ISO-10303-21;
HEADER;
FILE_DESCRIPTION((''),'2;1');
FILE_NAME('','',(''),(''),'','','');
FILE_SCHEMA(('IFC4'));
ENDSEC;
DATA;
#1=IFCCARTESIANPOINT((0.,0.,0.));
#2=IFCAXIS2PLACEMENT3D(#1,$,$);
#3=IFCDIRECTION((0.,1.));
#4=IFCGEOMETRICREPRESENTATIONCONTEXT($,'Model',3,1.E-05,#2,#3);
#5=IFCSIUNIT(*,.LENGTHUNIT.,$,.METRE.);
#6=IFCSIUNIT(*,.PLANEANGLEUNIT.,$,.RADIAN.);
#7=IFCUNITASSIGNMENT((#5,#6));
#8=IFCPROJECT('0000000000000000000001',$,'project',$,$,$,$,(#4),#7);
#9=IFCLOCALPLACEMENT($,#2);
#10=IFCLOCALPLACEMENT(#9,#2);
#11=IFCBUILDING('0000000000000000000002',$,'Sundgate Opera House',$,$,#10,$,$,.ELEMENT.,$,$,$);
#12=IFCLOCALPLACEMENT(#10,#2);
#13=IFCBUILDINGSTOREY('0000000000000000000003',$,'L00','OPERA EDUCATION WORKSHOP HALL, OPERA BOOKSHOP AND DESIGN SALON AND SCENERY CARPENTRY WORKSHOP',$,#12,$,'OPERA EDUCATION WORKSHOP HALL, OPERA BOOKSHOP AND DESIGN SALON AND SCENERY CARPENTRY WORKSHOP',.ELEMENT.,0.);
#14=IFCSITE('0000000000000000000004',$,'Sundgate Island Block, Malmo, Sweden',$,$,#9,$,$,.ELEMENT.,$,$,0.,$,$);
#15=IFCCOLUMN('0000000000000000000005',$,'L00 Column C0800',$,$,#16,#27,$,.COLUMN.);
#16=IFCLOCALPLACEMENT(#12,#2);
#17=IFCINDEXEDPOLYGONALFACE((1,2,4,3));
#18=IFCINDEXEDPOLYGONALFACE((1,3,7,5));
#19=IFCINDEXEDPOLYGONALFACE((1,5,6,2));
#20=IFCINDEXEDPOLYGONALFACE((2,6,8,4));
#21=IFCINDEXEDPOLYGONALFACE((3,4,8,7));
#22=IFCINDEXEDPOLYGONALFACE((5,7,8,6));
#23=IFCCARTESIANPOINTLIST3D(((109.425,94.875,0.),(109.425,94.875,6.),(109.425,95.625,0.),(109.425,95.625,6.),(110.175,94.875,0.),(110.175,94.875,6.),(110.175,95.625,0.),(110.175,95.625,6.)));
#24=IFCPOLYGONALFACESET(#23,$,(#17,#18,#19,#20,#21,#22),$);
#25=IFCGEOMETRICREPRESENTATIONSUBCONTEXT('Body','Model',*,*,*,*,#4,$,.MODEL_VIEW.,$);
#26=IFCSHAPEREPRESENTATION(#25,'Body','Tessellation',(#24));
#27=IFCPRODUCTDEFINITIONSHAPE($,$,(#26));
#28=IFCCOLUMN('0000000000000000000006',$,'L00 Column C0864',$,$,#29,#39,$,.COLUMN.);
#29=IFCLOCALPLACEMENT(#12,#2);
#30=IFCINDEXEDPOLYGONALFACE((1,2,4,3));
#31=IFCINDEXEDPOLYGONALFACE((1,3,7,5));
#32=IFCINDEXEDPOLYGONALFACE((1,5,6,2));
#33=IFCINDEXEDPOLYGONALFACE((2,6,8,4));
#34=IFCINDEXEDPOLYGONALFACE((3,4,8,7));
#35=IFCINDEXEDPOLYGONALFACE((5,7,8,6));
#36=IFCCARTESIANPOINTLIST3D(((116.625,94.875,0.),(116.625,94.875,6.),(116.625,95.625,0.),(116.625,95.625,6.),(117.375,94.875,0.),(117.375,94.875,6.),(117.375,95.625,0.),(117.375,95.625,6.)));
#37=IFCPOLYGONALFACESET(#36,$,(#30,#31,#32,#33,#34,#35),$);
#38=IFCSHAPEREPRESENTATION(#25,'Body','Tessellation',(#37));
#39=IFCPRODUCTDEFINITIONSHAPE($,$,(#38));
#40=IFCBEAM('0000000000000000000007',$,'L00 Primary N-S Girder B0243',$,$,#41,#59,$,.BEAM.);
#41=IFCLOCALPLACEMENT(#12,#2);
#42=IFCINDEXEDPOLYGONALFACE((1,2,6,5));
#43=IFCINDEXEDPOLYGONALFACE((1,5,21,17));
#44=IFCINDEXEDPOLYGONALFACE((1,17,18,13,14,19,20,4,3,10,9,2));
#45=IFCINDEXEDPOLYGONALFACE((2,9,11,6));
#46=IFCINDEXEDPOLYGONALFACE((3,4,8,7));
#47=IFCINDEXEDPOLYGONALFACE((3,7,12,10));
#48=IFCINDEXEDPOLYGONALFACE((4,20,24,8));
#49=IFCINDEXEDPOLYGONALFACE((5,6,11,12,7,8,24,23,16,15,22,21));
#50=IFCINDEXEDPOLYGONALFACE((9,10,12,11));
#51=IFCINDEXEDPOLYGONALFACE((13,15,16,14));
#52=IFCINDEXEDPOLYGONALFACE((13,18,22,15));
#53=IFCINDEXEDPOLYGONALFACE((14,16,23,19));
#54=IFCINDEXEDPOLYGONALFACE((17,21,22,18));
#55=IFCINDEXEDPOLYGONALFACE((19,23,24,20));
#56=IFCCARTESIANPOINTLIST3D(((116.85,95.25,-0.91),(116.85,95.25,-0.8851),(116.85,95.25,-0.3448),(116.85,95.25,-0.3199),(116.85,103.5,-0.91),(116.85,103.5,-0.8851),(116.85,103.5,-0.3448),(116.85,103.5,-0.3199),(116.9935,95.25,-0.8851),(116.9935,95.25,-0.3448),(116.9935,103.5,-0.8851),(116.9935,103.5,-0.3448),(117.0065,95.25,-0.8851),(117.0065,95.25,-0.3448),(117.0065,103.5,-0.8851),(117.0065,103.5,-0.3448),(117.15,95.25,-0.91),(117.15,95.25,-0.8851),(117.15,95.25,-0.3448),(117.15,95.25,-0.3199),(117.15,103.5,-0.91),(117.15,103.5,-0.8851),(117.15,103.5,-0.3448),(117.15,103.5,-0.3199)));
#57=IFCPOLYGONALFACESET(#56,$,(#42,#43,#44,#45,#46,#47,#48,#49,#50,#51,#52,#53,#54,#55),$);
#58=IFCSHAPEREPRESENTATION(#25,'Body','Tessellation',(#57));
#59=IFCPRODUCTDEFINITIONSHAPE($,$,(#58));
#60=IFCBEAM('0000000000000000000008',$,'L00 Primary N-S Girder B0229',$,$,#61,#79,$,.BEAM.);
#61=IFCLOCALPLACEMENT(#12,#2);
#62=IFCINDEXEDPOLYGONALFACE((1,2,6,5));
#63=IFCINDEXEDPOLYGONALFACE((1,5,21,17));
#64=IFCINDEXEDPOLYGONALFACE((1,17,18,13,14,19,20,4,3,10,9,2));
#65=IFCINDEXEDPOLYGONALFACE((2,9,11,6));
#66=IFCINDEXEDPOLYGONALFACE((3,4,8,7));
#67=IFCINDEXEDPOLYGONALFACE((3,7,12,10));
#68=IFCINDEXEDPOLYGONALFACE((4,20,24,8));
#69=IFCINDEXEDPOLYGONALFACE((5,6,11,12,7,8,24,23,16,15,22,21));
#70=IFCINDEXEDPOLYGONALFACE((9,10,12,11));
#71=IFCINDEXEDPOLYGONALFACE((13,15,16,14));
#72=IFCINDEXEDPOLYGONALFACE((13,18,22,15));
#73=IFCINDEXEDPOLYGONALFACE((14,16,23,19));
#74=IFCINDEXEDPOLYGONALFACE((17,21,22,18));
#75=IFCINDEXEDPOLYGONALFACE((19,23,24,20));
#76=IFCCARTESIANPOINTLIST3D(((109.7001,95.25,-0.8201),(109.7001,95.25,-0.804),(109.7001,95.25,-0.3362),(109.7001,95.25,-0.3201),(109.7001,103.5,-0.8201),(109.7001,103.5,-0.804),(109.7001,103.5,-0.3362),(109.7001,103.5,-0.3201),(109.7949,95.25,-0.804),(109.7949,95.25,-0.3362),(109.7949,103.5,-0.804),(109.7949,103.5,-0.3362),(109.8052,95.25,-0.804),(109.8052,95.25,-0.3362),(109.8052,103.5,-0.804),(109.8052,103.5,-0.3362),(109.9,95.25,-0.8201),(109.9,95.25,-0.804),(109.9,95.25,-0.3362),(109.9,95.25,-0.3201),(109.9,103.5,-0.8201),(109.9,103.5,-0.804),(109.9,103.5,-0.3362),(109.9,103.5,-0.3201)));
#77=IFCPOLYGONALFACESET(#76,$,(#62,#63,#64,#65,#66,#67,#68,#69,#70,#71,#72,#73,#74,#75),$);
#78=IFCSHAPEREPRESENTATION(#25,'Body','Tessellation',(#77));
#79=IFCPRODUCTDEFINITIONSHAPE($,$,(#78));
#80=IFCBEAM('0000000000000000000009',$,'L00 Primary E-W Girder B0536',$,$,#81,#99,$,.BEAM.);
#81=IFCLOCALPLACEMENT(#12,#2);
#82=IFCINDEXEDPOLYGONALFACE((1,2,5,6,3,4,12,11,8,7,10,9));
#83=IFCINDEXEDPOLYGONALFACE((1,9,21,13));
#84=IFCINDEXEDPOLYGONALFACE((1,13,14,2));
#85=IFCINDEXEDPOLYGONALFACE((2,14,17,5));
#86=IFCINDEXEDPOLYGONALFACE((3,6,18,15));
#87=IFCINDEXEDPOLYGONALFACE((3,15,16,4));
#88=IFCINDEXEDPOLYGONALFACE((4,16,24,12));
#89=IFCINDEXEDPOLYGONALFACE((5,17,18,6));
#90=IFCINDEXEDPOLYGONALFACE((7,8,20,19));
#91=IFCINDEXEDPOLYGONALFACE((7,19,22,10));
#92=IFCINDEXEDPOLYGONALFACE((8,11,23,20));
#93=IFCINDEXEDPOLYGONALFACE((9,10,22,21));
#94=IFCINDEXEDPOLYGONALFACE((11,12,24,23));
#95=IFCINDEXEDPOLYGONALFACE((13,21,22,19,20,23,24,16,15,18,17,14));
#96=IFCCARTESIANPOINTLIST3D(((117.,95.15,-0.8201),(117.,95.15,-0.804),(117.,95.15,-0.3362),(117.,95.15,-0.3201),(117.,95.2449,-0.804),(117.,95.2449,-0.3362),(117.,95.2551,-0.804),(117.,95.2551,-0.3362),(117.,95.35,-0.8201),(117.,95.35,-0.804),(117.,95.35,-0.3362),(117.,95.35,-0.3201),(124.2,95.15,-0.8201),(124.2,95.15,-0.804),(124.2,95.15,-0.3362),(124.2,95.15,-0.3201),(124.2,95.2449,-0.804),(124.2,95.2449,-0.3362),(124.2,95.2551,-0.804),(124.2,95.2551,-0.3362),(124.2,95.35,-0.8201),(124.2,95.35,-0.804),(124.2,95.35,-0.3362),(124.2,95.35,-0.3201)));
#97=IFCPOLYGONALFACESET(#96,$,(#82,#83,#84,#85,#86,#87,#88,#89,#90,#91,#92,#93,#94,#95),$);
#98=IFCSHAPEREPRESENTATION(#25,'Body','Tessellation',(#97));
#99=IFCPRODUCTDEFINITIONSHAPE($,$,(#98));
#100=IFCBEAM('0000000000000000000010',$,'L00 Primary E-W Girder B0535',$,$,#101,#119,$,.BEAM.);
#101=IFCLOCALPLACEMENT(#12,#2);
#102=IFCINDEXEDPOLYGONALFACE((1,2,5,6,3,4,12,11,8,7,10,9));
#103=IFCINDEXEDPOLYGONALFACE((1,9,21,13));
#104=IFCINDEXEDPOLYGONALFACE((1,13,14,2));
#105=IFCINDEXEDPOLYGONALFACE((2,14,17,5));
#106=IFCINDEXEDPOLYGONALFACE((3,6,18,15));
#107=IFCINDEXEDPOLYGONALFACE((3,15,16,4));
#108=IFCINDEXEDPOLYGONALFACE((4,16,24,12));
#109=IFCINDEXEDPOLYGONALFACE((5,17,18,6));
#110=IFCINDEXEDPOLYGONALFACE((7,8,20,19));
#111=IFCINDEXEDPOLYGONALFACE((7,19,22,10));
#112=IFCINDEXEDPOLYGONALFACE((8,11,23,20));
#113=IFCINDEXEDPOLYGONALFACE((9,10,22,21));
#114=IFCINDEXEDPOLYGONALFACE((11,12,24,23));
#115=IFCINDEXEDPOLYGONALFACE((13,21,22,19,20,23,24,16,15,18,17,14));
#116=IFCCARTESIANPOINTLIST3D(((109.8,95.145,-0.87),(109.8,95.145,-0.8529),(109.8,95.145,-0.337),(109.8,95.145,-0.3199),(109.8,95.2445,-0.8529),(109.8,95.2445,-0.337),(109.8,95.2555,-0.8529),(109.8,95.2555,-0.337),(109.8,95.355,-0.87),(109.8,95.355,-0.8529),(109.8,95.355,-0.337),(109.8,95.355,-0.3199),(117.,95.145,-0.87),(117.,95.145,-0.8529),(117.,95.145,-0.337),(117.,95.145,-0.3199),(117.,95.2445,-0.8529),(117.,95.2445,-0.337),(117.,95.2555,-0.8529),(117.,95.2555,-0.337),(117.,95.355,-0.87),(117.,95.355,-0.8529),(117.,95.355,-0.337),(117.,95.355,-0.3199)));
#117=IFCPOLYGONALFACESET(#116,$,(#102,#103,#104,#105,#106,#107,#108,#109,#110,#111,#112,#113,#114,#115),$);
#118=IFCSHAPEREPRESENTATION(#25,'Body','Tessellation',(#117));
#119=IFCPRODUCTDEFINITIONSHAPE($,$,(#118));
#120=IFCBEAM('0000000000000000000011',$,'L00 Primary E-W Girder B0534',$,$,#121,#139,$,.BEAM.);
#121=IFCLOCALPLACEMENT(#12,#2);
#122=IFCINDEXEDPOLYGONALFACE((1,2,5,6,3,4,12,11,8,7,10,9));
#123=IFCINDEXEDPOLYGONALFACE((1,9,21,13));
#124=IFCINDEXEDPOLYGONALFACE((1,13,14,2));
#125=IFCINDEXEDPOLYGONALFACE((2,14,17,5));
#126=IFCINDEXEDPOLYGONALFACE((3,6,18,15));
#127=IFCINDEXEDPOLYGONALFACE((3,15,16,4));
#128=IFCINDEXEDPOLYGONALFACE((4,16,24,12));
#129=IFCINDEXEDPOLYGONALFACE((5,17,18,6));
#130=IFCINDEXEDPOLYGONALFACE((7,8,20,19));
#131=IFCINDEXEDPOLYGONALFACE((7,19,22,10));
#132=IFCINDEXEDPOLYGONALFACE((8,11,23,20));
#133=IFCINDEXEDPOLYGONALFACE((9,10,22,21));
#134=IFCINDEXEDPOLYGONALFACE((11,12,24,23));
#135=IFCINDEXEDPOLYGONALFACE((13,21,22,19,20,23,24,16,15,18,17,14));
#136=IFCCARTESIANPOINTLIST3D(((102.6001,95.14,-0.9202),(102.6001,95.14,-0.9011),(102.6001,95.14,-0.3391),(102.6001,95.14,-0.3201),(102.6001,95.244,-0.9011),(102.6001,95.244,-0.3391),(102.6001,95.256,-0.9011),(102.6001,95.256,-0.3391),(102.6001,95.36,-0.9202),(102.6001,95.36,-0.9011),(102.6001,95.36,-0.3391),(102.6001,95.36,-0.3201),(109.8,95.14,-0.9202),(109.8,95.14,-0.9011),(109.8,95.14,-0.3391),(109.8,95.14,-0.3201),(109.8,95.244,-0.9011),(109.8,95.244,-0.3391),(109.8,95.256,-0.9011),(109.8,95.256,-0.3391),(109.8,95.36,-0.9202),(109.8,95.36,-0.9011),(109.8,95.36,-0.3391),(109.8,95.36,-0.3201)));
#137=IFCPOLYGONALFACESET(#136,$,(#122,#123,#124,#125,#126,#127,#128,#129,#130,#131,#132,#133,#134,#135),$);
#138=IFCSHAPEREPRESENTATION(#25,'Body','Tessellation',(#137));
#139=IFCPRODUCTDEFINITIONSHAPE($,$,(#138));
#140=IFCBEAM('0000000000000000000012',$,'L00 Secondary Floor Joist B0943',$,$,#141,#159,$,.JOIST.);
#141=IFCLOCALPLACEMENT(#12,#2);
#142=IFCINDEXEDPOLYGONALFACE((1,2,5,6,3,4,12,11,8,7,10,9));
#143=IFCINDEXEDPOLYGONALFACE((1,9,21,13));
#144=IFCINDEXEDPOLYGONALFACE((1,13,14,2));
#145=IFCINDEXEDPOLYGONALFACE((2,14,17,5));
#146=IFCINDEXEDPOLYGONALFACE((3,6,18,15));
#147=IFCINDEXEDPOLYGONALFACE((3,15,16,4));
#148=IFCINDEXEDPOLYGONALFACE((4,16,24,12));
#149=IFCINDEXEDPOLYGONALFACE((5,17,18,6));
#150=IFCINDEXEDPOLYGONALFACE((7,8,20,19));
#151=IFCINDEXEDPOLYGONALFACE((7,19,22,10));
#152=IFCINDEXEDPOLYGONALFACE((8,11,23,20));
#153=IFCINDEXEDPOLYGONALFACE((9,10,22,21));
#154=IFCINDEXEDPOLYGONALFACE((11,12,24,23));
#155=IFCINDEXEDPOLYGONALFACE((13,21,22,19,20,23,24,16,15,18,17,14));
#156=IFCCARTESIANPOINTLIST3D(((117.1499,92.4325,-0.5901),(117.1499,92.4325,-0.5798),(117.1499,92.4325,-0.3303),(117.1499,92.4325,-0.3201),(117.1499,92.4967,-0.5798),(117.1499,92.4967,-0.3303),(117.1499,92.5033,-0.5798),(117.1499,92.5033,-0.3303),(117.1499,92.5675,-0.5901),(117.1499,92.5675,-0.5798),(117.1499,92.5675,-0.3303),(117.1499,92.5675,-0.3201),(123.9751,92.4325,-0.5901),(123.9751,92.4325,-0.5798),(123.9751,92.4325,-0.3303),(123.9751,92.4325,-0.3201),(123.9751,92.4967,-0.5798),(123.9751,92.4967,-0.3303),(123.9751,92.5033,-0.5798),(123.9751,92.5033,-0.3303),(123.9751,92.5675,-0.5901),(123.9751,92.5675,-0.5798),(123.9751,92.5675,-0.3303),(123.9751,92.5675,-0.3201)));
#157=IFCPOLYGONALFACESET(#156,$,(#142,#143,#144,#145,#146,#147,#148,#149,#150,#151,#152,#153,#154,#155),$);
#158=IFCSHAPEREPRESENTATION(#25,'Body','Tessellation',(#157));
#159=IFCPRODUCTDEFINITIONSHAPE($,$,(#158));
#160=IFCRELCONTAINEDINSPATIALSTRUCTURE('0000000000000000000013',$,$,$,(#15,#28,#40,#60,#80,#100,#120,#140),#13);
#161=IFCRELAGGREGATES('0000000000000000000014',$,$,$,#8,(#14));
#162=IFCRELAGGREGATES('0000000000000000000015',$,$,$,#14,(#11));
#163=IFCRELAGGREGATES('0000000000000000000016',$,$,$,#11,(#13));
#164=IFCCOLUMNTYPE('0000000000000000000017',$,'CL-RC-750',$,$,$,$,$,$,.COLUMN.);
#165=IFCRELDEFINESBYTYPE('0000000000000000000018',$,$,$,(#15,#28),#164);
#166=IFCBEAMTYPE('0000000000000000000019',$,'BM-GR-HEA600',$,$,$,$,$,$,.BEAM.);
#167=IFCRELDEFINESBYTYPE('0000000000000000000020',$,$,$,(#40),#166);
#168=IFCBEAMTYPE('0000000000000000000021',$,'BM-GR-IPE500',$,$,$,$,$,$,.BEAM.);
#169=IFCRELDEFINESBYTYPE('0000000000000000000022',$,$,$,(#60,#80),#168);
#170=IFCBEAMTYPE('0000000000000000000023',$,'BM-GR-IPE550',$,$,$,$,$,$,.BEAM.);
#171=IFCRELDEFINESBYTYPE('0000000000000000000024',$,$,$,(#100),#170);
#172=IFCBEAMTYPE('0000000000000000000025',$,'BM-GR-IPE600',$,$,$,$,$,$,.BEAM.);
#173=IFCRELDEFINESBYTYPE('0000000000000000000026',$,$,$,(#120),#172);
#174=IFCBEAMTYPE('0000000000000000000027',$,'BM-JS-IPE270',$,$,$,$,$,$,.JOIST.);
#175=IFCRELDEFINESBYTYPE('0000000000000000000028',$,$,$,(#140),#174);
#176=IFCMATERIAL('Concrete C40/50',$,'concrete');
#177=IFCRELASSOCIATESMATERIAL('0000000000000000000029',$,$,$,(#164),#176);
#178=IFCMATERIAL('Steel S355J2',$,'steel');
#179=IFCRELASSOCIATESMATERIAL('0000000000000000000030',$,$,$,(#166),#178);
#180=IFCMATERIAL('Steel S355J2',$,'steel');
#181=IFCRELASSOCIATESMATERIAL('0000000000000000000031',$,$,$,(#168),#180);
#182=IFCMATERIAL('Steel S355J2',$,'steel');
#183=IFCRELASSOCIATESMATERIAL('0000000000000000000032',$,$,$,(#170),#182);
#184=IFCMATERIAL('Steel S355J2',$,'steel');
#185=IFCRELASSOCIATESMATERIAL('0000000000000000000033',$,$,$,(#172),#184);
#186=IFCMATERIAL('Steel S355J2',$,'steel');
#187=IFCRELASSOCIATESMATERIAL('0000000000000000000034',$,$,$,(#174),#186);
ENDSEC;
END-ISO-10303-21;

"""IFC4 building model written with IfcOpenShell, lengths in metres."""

from ifc_helpers import new_model, si_unit, direction, frame, origin, origin_2d, place, context, subcontext, project, spatial, rectangle, i_section, extrude, material, material_profile, profile_set, type_object, element, save


model = new_model("IFC4")

# Units and contexts
model_context = context("Model", 3, precision=1e-05, world=origin(), true_north=direction((0.0, 1.0)))
body_context = subcontext(model_context, "Body", "Model", "MODEL_VIEW")
ifc_project = project(units=[si_unit("LENGTHUNIT", "METRE"), si_unit("PLANEANGLEUNIT", "RADIAN")], contexts=[model_context])

# Site, building, storey
site_placement = place(None, origin())
site = spatial("IfcSite", under=ifc_project, at=site_placement, Name="Sundgate Island Block, Malmo, Sweden", CompositionType="ELEMENT", RefElevation=0.0)
building_placement = place(site_placement, origin())
building = spatial("IfcBuilding", under=site, at=building_placement, Name="Sundgate Opera House", CompositionType="ELEMENT")
storey_placement = place(building_placement, origin())
storey = spatial("IfcBuildingStorey", under=building, at=storey_placement, Name="L00", Description="OPERA EDUCATION WORKSHOP HALL, OPERA BOOKSHOP AND DESIGN SALON AND SCENERY CARPENTRY WORKSHOP", LongName="OPERA EDUCATION WORKSHOP HALL, OPERA BOOKSHOP AND DESIGN SALON AND SCENERY CARPENTRY WORKSHOP", CompositionType="ELEMENT", Elevation=0.0)

# Columns
ifc_material_1 = material(Name="Concrete C40/50", Category="concrete")
ifc_material_profile_1 = material_profile(ifc_material_1, rectangle(XDim=0.75, YDim=0.75, at=origin_2d()), Name="RC 750x750")
ifc_profile_set_1 = profile_set([ifc_material_profile_1], Name="Concrete C40/50")
column_type = type_object("IfcColumnType", Name="CL-RC-750", PredefinedType="COLUMN", material=ifc_profile_set_1)
for number, where, z_axis, x_axis, name in (
    (1, (109.8, 95.25, 0.0), (0.0, 0.0, 1.0), (1.0, 0.0, 0.0), "L00 Column C0800"),
    (2, (117.0, 95.25, 0.0), (0.0, 0.0, 1.0), (1.0, 0.0, 0.0), "L00 Column C0864"),
):
    element("IfcColumn", number, at=place(storey_placement, frame(where, z_axis=z_axis, x_axis=x_axis)), inside=storey, type_object=column_type, Name=name, PredefinedType="COLUMN", context=body_context, shape_type="SweptSolid", body=[
        extrude(rectangle(XDim=0.75, YDim=0.75, at=origin_2d()), origin(), (0.0, 0.0, 1.0), 6.0),
    ])

# Beams
ifc_material_2 = material(Name="Steel S355J2", Category="steel")
ifc_material_profile_2 = material_profile(ifc_material_2, i_section(OverallWidth=0.3, OverallDepth=0.5901, WebThickness=0.0129, FlangeThickness=0.0249, at=origin_2d()), Name="HEA 600")
ifc_profile_set_2 = profile_set([ifc_material_profile_2], Name="Steel S355J2")
beam_type_1 = type_object("IfcBeamType", Name="BM-GR-HEA600", PredefinedType="BEAM", material=ifc_profile_set_2)
beam_1_placement = place(storey_placement, frame((117.0, 95.25, -0.615), z_axis=(0.0, 1.0, 0.0), x_axis=(-1.0, 0.0, 0.0)))
element("IfcBeam", 3, at=beam_1_placement, inside=storey, type_object=beam_type_1, Name="L00 Primary N-S Girder B0243", PredefinedType="BEAM", context=body_context, shape_type="SweptSolid", body=[
    extrude(i_section(OverallWidth=0.3, OverallDepth=0.5901, WebThickness=0.0129, FlangeThickness=0.0249, at=origin_2d()), origin(), (0.0, 0.0, 1.0), 8.25),
])
ifc_material_3 = material(Name="Steel S355J2", Category="steel")
ifc_material_profile_3 = material_profile(ifc_material_3, i_section(OverallWidth=0.2, OverallDepth=0.5, WebThickness=0.0103, FlangeThickness=0.0161, at=origin_2d()), Name="IPE 500")
ifc_profile_set_3 = profile_set([ifc_material_profile_3], Name="Steel S355J2")
beam_type_2 = type_object("IfcBeamType", Name="BM-GR-IPE500", PredefinedType="BEAM", material=ifc_profile_set_3)
beam_2_placement = place(storey_placement, frame((109.8, 95.25, -0.5701), z_axis=(0.0, 1.0, 0.0), x_axis=(-1.0, 0.0, 0.0)))
element("IfcBeam", 4, at=beam_2_placement, inside=storey, type_object=beam_type_2, Name="L00 Primary N-S Girder B0229", PredefinedType="BEAM", context=body_context, shape_type="SweptSolid", body=[
    extrude(i_section(OverallWidth=0.2, OverallDepth=0.5, WebThickness=0.0103, FlangeThickness=0.0161, at=origin_2d()), origin(), (0.0, 0.0, 1.0), 8.25),
])
beam_3_placement = place(storey_placement, frame((117.0, 95.25, -0.5701), z_axis=(1.0, 0.0, 0.0), x_axis=(0.0, 1.0, 0.0)))
element("IfcBeam", 5, at=beam_3_placement, inside=storey, type_object=beam_type_2, Name="L00 Primary E-W Girder B0536", PredefinedType="BEAM", context=body_context, shape_type="SweptSolid", body=[
    extrude(i_section(OverallWidth=0.2, OverallDepth=0.5, WebThickness=0.0103, FlangeThickness=0.0161, at=origin_2d()), origin(), (0.0, 0.0, 1.0), 7.2),
])
ifc_material_4 = material(Name="Steel S355J2", Category="steel")
ifc_material_profile_4 = material_profile(ifc_material_4, i_section(OverallWidth=0.21, OverallDepth=0.55, WebThickness=0.011, FlangeThickness=0.0171, at=origin_2d()), Name="IPE 550")
ifc_profile_set_4 = profile_set([ifc_material_profile_4], Name="Steel S355J2")
beam_type_3 = type_object("IfcBeamType", Name="BM-GR-IPE550", PredefinedType="BEAM", material=ifc_profile_set_4)
beam_4_placement = place(storey_placement, frame((109.8, 95.25, -0.595), z_axis=(1.0, 0.0, 0.0), x_axis=(0.0, 1.0, 0.0)))
element("IfcBeam", 6, at=beam_4_placement, inside=storey, type_object=beam_type_3, Name="L00 Primary E-W Girder B0535", PredefinedType="BEAM", context=body_context, shape_type="SweptSolid", body=[
    extrude(i_section(OverallWidth=0.21, OverallDepth=0.55, WebThickness=0.011, FlangeThickness=0.0171, at=origin_2d()), origin(), (0.0, 0.0, 1.0), 7.2),
])
ifc_material_5 = material(Name="Steel S355J2", Category="steel")
ifc_material_profile_5 = material_profile(ifc_material_5, i_section(OverallWidth=0.22, OverallDepth=0.6001, WebThickness=0.012, FlangeThickness=0.019, at=origin_2d()), Name="IPE 600")
ifc_profile_set_5 = profile_set([ifc_material_profile_5], Name="Steel S355J2")
beam_type_4 = type_object("IfcBeamType", Name="BM-GR-IPE600", PredefinedType="BEAM", material=ifc_profile_set_5)
beam_5_placement = place(storey_placement, frame((102.6001, 95.25, -0.6201), z_axis=(1.0, 0.0, 0.0), x_axis=(0.0, 1.0, 0.0)))
element("IfcBeam", 7, at=beam_5_placement, inside=storey, type_object=beam_type_4, Name="L00 Primary E-W Girder B0534", PredefinedType="BEAM", context=body_context, shape_type="SweptSolid", body=[
    extrude(i_section(OverallWidth=0.22, OverallDepth=0.6001, WebThickness=0.012, FlangeThickness=0.019, at=origin_2d()), origin(), (0.0, 0.0, 1.0), 7.2),
])
ifc_material_6 = material(Name="Steel S355J2", Category="steel")
ifc_material_profile_6 = material_profile(ifc_material_6, i_section(OverallWidth=0.135, OverallDepth=0.27, WebThickness=0.0066, FlangeThickness=0.0103, at=origin_2d()), Name="IPE 270")
ifc_profile_set_6 = profile_set([ifc_material_profile_6], Name="Steel S355J2")
beam_type_5 = type_object("IfcBeamType", Name="BM-JS-IPE270", PredefinedType="JOIST", material=ifc_profile_set_6)
beam_6_placement = place(storey_placement, frame((117.1499, 92.5, -0.4551), z_axis=(1.0, 0.0, 0.0), x_axis=(0.0, 1.0, 0.0)))
element("IfcBeam", 8, at=beam_6_placement, inside=storey, type_object=beam_type_5, Name="L00 Secondary Floor Joist B0943", PredefinedType="JOIST", context=body_context, shape_type="SweptSolid", body=[
    extrude(i_section(OverallWidth=0.135, OverallDepth=0.27, WebThickness=0.0066, FlangeThickness=0.0103, at=origin_2d()), origin(), (0.0, 0.0, 1.0), 6.8252),
])

save(model, "model.ifc")
